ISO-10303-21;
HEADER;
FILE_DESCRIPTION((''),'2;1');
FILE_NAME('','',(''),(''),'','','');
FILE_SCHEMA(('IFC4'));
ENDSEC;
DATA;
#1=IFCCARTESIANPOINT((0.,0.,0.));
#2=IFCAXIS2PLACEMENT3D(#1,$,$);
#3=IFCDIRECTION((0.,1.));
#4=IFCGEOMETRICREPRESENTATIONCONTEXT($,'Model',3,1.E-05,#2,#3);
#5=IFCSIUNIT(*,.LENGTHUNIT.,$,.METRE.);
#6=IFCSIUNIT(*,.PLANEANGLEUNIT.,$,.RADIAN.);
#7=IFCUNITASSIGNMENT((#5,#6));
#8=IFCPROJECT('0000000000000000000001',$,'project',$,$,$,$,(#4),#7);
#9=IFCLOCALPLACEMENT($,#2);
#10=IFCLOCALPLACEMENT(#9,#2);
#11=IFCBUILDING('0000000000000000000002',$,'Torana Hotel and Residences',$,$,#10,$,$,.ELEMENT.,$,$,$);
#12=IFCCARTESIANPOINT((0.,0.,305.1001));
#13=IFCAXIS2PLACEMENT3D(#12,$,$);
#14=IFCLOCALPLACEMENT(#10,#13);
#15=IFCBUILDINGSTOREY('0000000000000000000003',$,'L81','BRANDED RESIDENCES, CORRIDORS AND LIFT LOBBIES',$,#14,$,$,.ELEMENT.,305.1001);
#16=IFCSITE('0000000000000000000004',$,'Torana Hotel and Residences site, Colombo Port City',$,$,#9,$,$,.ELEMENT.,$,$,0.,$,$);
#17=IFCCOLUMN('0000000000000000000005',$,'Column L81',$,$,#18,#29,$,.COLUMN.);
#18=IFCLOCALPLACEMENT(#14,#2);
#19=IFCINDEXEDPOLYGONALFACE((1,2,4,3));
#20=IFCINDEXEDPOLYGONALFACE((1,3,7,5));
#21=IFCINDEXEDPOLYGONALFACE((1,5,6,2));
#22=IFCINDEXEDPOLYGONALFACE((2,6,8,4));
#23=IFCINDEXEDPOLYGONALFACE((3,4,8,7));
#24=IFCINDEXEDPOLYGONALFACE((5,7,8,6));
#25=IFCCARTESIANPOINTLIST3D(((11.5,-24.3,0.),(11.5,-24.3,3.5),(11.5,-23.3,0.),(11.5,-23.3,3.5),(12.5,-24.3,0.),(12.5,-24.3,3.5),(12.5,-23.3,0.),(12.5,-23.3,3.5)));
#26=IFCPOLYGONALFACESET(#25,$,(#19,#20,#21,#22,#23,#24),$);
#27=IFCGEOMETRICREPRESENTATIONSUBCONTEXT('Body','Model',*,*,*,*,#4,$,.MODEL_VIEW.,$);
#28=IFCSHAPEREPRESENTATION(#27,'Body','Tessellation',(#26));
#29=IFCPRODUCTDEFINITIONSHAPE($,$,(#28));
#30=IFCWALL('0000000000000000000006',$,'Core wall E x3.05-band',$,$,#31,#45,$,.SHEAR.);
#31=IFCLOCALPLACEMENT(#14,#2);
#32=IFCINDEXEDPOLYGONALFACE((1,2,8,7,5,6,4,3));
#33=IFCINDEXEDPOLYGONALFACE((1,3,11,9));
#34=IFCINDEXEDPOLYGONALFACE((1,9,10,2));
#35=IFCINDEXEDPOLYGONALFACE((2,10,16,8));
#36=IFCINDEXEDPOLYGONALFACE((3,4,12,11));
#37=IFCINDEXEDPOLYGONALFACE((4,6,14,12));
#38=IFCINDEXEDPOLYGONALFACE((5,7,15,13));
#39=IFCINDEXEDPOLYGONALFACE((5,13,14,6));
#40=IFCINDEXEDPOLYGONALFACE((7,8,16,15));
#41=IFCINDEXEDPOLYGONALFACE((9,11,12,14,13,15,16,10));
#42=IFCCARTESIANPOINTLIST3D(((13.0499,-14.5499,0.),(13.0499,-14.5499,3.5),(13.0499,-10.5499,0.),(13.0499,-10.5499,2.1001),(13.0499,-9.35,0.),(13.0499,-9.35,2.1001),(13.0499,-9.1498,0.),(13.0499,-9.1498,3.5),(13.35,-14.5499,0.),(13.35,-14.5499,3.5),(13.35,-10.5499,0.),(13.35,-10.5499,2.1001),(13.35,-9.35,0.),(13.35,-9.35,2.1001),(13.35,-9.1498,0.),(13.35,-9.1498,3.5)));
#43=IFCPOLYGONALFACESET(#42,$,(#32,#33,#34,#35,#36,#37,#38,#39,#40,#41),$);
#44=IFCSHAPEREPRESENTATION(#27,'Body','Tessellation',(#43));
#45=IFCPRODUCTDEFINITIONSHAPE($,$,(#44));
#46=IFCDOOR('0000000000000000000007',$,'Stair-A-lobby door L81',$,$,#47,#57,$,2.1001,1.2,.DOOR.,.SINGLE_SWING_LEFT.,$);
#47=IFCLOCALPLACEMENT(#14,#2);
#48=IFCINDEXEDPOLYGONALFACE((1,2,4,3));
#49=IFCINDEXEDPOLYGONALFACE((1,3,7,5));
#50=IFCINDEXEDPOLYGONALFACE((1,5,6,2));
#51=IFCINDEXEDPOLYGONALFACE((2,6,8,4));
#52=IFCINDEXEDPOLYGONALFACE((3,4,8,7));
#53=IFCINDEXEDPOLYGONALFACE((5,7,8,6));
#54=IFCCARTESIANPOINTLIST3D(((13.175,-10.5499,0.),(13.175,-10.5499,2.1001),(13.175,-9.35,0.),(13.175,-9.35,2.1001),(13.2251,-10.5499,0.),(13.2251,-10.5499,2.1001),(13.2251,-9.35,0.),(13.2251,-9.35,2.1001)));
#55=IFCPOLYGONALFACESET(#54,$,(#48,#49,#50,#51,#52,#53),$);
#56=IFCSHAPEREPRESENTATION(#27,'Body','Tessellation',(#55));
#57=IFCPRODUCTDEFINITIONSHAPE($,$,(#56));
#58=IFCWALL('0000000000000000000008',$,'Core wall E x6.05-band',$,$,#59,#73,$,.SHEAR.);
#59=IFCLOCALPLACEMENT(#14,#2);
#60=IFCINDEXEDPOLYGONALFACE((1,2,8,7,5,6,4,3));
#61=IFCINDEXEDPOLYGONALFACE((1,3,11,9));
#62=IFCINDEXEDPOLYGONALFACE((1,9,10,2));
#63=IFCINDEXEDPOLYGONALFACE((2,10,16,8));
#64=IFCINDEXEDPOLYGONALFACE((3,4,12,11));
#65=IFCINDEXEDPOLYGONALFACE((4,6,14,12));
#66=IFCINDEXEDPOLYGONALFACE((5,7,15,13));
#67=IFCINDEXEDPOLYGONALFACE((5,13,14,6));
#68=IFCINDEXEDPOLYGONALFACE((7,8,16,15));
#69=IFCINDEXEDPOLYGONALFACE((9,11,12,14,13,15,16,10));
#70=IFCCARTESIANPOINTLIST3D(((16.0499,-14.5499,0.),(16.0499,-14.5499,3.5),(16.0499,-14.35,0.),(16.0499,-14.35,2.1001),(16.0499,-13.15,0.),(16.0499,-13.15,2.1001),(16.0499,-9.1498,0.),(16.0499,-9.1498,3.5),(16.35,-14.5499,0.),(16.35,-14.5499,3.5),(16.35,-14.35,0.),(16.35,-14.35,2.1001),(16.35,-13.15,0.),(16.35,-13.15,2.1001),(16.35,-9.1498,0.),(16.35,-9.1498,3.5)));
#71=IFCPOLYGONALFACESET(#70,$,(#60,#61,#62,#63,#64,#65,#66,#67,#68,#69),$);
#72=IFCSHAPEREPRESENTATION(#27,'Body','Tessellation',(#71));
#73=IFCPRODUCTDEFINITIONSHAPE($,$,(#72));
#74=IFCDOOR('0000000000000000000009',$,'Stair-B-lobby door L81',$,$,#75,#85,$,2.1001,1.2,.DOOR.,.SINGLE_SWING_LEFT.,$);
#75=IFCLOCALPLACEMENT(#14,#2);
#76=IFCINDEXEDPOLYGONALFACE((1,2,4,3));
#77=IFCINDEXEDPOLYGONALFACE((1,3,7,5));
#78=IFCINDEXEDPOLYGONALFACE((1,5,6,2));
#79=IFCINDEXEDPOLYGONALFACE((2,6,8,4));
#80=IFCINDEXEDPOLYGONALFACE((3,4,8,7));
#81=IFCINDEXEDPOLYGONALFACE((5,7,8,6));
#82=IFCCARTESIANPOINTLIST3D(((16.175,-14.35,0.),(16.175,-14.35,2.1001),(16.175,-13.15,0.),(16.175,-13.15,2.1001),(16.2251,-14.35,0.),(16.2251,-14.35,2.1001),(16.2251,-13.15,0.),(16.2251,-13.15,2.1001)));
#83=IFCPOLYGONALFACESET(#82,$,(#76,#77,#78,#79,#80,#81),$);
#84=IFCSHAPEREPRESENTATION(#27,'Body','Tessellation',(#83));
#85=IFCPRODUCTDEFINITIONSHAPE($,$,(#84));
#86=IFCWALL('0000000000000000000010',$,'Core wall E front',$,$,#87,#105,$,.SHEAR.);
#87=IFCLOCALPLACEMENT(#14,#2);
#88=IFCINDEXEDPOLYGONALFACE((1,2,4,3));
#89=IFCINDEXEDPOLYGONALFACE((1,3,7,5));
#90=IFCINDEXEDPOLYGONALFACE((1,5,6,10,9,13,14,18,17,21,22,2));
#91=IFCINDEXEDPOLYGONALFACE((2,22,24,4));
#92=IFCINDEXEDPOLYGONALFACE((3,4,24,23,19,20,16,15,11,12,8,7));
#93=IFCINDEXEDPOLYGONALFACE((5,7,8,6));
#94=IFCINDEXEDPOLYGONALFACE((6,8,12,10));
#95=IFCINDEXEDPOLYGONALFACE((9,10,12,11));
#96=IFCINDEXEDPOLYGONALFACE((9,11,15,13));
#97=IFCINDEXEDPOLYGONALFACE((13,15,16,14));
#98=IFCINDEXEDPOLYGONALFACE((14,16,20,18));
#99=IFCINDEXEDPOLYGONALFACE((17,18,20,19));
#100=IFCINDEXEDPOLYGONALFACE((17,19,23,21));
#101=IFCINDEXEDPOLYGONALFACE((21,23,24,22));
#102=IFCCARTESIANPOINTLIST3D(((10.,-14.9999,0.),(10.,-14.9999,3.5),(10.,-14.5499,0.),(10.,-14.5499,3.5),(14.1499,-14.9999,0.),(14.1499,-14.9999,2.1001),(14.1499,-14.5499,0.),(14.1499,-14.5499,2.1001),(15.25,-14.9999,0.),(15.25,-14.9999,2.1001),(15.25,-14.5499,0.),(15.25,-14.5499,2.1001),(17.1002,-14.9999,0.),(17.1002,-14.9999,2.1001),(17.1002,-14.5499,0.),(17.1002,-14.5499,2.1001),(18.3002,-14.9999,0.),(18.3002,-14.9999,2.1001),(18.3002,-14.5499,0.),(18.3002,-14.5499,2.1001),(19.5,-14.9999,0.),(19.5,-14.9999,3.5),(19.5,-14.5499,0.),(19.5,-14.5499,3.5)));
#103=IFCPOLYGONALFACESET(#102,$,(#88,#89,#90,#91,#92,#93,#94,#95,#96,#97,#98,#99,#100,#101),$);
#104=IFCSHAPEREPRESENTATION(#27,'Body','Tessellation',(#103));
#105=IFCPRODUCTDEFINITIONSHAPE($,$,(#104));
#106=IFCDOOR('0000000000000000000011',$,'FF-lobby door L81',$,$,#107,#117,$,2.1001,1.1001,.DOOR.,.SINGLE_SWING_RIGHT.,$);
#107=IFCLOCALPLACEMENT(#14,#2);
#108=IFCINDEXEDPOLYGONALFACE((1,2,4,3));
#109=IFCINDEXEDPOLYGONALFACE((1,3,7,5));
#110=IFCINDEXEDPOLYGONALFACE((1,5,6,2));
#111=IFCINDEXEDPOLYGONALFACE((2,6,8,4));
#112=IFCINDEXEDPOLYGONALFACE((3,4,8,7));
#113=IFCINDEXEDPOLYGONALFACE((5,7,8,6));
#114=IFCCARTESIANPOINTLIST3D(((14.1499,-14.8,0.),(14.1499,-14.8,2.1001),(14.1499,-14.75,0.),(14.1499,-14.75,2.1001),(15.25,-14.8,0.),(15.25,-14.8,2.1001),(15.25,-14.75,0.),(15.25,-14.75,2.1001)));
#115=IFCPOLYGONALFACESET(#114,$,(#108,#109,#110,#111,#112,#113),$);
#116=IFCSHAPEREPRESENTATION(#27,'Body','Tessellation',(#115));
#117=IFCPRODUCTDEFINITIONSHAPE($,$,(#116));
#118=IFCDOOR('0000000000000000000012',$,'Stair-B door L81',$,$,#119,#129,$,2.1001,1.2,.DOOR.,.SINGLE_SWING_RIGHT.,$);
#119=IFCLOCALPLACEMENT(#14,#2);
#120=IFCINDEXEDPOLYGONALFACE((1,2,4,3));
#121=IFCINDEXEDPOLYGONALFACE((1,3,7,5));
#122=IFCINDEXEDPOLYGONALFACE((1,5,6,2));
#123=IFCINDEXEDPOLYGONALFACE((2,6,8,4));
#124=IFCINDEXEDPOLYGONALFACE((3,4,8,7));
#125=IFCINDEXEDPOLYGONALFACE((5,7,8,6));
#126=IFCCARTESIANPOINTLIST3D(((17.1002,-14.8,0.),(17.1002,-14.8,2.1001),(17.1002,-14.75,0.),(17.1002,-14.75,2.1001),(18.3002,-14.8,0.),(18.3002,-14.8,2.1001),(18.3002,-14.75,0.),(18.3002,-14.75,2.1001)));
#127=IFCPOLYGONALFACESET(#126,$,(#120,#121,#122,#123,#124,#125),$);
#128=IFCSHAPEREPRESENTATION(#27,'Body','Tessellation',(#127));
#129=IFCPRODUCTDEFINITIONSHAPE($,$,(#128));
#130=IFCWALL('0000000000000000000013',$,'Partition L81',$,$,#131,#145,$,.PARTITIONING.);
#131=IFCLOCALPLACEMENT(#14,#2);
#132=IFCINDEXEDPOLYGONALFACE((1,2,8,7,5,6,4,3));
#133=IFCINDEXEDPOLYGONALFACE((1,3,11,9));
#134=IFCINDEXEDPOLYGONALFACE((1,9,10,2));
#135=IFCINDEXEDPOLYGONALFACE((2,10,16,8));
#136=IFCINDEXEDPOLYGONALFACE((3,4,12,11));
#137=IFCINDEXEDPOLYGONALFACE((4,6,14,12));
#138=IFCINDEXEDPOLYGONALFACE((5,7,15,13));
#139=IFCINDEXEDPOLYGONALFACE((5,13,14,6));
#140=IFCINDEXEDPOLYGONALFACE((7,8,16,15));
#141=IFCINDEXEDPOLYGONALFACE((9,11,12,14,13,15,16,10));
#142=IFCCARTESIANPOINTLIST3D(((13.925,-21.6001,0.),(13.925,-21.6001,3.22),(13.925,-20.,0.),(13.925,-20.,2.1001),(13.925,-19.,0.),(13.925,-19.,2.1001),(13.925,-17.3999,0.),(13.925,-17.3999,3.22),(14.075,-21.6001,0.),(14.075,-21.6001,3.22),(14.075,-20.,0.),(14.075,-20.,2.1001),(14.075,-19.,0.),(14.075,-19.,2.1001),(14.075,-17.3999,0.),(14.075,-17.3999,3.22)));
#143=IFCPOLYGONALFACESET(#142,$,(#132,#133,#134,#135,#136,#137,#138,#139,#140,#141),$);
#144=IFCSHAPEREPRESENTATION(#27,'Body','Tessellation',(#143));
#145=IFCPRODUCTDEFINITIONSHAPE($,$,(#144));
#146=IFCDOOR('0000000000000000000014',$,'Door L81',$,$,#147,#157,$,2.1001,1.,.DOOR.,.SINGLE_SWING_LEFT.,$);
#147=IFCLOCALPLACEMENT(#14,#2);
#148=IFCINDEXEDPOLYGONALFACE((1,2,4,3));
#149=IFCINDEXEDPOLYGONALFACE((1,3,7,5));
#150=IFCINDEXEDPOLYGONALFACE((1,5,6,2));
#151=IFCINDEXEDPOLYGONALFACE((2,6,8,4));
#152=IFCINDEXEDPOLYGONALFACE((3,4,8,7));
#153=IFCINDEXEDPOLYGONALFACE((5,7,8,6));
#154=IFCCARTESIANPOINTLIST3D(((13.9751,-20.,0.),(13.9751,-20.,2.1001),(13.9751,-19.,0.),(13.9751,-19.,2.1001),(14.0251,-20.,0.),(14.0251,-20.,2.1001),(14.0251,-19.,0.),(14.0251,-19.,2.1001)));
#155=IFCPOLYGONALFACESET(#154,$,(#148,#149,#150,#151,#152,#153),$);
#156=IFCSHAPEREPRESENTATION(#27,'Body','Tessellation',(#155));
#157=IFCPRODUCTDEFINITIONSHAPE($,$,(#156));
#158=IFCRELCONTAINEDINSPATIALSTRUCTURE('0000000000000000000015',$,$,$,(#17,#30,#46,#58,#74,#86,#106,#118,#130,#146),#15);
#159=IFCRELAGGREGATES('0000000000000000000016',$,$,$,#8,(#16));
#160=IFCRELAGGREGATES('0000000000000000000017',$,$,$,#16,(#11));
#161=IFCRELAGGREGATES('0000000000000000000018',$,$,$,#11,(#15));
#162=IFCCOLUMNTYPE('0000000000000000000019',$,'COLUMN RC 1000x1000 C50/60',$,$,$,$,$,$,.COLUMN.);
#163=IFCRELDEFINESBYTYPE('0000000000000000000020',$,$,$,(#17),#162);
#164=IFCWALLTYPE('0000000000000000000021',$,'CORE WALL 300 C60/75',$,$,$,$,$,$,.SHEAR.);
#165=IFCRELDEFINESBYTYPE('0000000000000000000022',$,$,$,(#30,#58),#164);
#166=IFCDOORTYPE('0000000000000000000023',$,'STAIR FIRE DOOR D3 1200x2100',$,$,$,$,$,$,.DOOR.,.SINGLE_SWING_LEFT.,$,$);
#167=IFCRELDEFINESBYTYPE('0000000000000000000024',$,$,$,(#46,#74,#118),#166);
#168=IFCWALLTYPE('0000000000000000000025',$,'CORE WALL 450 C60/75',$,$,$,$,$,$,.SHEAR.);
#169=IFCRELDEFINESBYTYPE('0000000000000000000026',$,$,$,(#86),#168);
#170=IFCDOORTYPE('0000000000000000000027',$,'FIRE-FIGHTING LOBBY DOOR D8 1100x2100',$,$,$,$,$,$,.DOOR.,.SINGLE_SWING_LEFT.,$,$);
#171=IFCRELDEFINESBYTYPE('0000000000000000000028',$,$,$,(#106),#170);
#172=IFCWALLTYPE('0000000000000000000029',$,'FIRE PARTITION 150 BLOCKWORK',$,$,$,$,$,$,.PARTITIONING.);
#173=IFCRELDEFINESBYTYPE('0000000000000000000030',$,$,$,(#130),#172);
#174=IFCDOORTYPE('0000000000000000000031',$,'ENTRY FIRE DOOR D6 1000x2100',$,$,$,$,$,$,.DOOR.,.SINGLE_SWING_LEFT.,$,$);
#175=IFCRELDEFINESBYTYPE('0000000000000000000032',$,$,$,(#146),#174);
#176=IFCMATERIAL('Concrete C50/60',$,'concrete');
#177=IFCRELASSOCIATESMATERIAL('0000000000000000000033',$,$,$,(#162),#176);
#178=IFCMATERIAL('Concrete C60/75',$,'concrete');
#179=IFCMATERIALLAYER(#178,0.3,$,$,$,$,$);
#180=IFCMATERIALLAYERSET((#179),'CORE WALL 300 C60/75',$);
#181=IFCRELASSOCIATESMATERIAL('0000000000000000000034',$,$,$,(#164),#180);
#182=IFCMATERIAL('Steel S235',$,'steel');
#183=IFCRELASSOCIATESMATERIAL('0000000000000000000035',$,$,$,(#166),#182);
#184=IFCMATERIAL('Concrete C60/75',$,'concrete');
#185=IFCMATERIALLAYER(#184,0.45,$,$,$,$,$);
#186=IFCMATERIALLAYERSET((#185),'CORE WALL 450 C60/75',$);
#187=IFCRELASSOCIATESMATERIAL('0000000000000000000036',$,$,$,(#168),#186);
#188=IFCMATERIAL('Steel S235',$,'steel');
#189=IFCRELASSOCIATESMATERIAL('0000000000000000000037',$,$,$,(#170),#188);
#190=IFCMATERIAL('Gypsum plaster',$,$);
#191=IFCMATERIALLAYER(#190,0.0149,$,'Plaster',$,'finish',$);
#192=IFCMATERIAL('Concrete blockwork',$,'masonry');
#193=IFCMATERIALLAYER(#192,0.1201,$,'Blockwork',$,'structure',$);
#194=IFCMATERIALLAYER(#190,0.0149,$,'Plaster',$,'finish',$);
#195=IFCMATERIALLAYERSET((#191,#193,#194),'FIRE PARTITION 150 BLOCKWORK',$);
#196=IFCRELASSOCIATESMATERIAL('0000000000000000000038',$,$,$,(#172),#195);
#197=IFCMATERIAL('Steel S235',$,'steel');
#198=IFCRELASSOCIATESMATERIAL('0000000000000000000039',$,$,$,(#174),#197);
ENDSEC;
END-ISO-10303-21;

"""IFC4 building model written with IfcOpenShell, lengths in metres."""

from ifc_helpers import new_model, si_unit, direction, frame, frame_2d, origin, origin_2d, place, context, subcontext, project, spatial, rectangle, extrude, material, layer, layer_set, material_profile, profile_set, type_object, element, fill, save


model = new_model("IFC4")

# Units and contexts
model_context = context("Model", 3, precision=1e-05, world=origin(), true_north=direction((0.0, 1.0)))
body_context = subcontext(model_context, "Body", "Model", "MODEL_VIEW")
ifc_project = project(units=[si_unit("LENGTHUNIT", "METRE"), si_unit("PLANEANGLEUNIT", "RADIAN")], contexts=[model_context])

# Site, building, storey
site_placement = place(None, origin())
site = spatial("IfcSite", under=ifc_project, at=site_placement, Name="Torana Hotel and Residences site, Colombo Port City", CompositionType="ELEMENT", RefElevation=0.0)
building_placement = place(site_placement, origin())
building = spatial("IfcBuilding", under=site, at=building_placement, Name="Torana Hotel and Residences", CompositionType="ELEMENT")
storey_placement = place(building_placement, frame((0.0, 0.0, 305.1001)))
storey = spatial("IfcBuildingStorey", under=building, at=storey_placement, Name="L81", Description="BRANDED RESIDENCES, CORRIDORS AND LIFT LOBBIES", CompositionType="ELEMENT", Elevation=305.1001)

# Column
ifc_material_1 = material(Name="Concrete C50/60", Category="concrete")
ifc_material_profile = material_profile(ifc_material_1, rectangle(XDim=1.0, YDim=1.0, at=origin_2d()), Name="RC 1000x1000")
ifc_profile_set = profile_set([ifc_material_profile], Name="Concrete C50/60")
column_type = type_object("IfcColumnType", Name="COLUMN RC 1000x1000 C50/60", PredefinedType="COLUMN", material=ifc_profile_set)
column_placement = place(storey_placement, frame((12.0, -23.8, 0.0), z_axis=(0.0, 0.0, 1.0), x_axis=(1.0, 0.0, 0.0)))
element("IfcColumn", 1, at=column_placement, inside=storey, type_object=column_type, Name="Column L81", PredefinedType="COLUMN", context=body_context, shape_type="SweptSolid", body=[
    extrude(rectangle(XDim=1.0, YDim=1.0, at=origin_2d()), origin(), (0.0, 0.0, 1.0), 3.5),
])

# Walls, openings, doors
ifc_material_2 = material(Name="Concrete C60/75", Category="concrete")
ifc_layer_1 = layer(ifc_material_2, 0.3)
ifc_layer_set_1 = layer_set([ifc_layer_1], Name="CORE WALL 300 C60/75")
wall_type_1 = type_object("IfcWallType", Name="CORE WALL 300 C60/75", PredefinedType="SHEAR", material=ifc_layer_set_1)
wall_1_placement = place(storey_placement, frame((13.2, -14.55, 0.0), z_axis=(0.0, 0.0, 1.0), x_axis=(0.0, 1.0, 0.0)))
wall_1 = element("IfcWall", 2, at=wall_1_placement, inside=storey, type_object=wall_type_1, Name="Core wall E x3.05-band", PredefinedType="SHEAR", context=body_context, shape_type="SweptSolid", body=[
    extrude(rectangle(XDim=5.4001, YDim=0.3, at=frame_2d((2.7002, 0.0))), origin(), (0.0, 0.0, 1.0), 3.5),
])
opening_1_placement = place(wall_1_placement, frame((4.0, 0.0, 0.0)))
opening_1 = element("IfcOpeningElement", 3, at=opening_1_placement, cuts=wall_1, PredefinedType="OPENING", context=body_context, shape_type="SweptSolid", body=[
    extrude(rectangle(XDim=1.2, YDim=2.1001, at=frame_2d((0.6001, 1.05))), frame((0.0, 0.1599, 0.0), z_axis=(0.0, -1.0, 0.0), x_axis=(1.0, 0.0, 0.0)), (0.0, 0.0, 1.0), 0.3201),
])
ifc_material_3 = material(Name="Steel S235", Category="steel")
door_type_1 = type_object("IfcDoorType", Name="STAIR FIRE DOOR D3 1200x2100", OperationType="SINGLE_SWING_LEFT", PredefinedType="DOOR", material=ifc_material_3)
door_1_placement = place(opening_1_placement, origin())
door_1 = element("IfcDoor", 4, at=door_1_placement, inside=storey, type_object=door_type_1, Name="Stair-A-lobby door L81", OperationType="SINGLE_SWING_LEFT", OverallHeight=2.1001, OverallWidth=1.2, PredefinedType="DOOR", context=body_context, shape_type="SweptSolid", body=[
    extrude(rectangle(XDim=1.2, YDim=2.1001, at=frame_2d((0.6001, 1.05))), frame((0.0, 0.0249, 0.0), z_axis=(0.0, -1.0, 0.0), x_axis=(1.0, 0.0, 0.0)), (0.0, 0.0, 1.0), 0.05),
])
fill(opening_1, door_1)
wall_2_placement = place(storey_placement, frame((16.2, -14.55, 0.0), z_axis=(0.0, 0.0, 1.0), x_axis=(0.0, 1.0, 0.0)))
wall_2 = element("IfcWall", 5, at=wall_2_placement, inside=storey, type_object=wall_type_1, Name="Core wall E x6.05-band", PredefinedType="SHEAR", context=body_context, shape_type="SweptSolid", body=[
    extrude(rectangle(XDim=5.4001, YDim=0.3, at=frame_2d((2.7002, 0.0))), origin(), (0.0, 0.0, 1.0), 3.5),
])
opening_2_placement = place(wall_2_placement, frame((0.2, 0.0, 0.0)))
opening_2 = element("IfcOpeningElement", 6, at=opening_2_placement, cuts=wall_2, PredefinedType="OPENING", context=body_context, shape_type="SweptSolid", body=[
    extrude(rectangle(XDim=1.2, YDim=2.1001, at=frame_2d((0.6001, 1.05))), frame((0.0, 0.1599, 0.0), z_axis=(0.0, -1.0, 0.0), x_axis=(1.0, 0.0, 0.0)), (0.0, 0.0, 1.0), 0.3201),
])
door_2_placement = place(opening_2_placement, frame((0.6001, 0.0, 0.0), z_axis=(0.0, 0.0, 1.0), x_axis=(-1.0, 0.0, 0.0)))
door_2 = element("IfcDoor", 7, at=door_2_placement, inside=storey, type_object=door_type_1, Name="Stair-B-lobby door L81", OperationType="SINGLE_SWING_LEFT", OverallHeight=2.1001, OverallWidth=1.2, PredefinedType="DOOR", context=body_context, shape_type="SweptSolid", body=[
    extrude(rectangle(XDim=1.2, YDim=2.1001, at=frame_2d((0.0, 1.05))), frame((0.0, -0.0249, 0.0), z_axis=(0.0, 1.0, 0.0), x_axis=(-1.0, 0.0, 0.0)), (0.0, 0.0, 1.0), 0.05),
])
fill(opening_2, door_2)

# Wall, openings, doors
ifc_material_4 = material(Name="Concrete C60/75", Category="concrete")
ifc_layer_2 = layer(ifc_material_4, 0.45)
ifc_layer_set_2 = layer_set([ifc_layer_2], Name="CORE WALL 450 C60/75")
wall_type_2 = type_object("IfcWallType", Name="CORE WALL 450 C60/75", PredefinedType="SHEAR", material=ifc_layer_set_2)
wall_3_placement = place(storey_placement, frame((10.0, -14.7749, 0.0), z_axis=(0.0, 0.0, 1.0), x_axis=(1.0, 0.0, 0.0)))
wall_3 = element("IfcWall", 8, at=wall_3_placement, inside=storey, type_object=wall_type_2, Name="Core wall E front", PredefinedType="SHEAR", context=body_context, shape_type="SweptSolid", body=[
    extrude(rectangle(XDim=9.5, YDim=0.45, at=frame_2d((4.75, 0.0))), origin(), (0.0, 0.0, 1.0), 3.5),
])
opening_3_placement = place(wall_3_placement, frame((7.1001, 0.0, 0.0)))
opening_3 = element("IfcOpeningElement", 9, at=opening_3_placement, cuts=wall_3, PredefinedType="OPENING", context=body_context, shape_type="SweptSolid", body=[
    extrude(rectangle(XDim=1.2, YDim=2.1001, at=frame_2d((0.6001, 1.05))), frame((0.0, 0.2349, 0.0), z_axis=(0.0, -1.0, 0.0), x_axis=(1.0, 0.0, 0.0)), (0.0, 0.0, 1.0), 0.47),
])
opening_4_placement = place(wall_3_placement, frame((4.1499, 0.0, 0.0)))
opening_4 = element("IfcOpeningElement", 10, at=opening_4_placement, cuts=wall_3, PredefinedType="OPENING", context=body_context, shape_type="SweptSolid", body=[
    extrude(rectangle(XDim=1.1001, YDim=2.1001, at=frame_2d((0.55, 1.05))), frame((0.0, 0.2349, 0.0), z_axis=(0.0, -1.0, 0.0), x_axis=(1.0, 0.0, 0.0)), (0.0, 0.0, 1.0), 0.47),
])
ifc_material_5 = material(Name="Steel S235", Category="steel")
door_type_2 = type_object("IfcDoorType", Name="FIRE-FIGHTING LOBBY DOOR D8 1100x2100", OperationType="SINGLE_SWING_LEFT", PredefinedType="DOOR", material=ifc_material_5)
door_3_placement = place(opening_4_placement, origin())
door_3 = element("IfcDoor", 11, at=door_3_placement, inside=storey, type_object=door_type_2, Name="FF-lobby door L81", OperationType="SINGLE_SWING_RIGHT", OverallHeight=2.1001, OverallWidth=1.1001, PredefinedType="DOOR", context=body_context, shape_type="SweptSolid", body=[
    extrude(rectangle(XDim=1.1001, YDim=2.1001, at=frame_2d((0.55, 1.05))), frame((0.0, 0.0249, 0.0), z_axis=(0.0, -1.0, 0.0), x_axis=(1.0, 0.0, 0.0)), (0.0, 0.0, 1.0), 0.05),
])
fill(opening_4, door_3)
door_4_placement = place(opening_3_placement, origin())
door_4 = element("IfcDoor", 12, at=door_4_placement, inside=storey, type_object=door_type_1, Name="Stair-B door L81", OperationType="SINGLE_SWING_RIGHT", OverallHeight=2.1001, OverallWidth=1.2, PredefinedType="DOOR", context=body_context, shape_type="SweptSolid", body=[
    extrude(rectangle(XDim=1.2, YDim=2.1001, at=frame_2d((0.6001, 1.05))), frame((0.0, 0.0249, 0.0), z_axis=(0.0, -1.0, 0.0), x_axis=(1.0, 0.0, 0.0)), (0.0, 0.0, 1.0), 0.05),
])
fill(opening_3, door_4)

# Wall, opening, door
ifc_material_6 = material(Name="Gypsum plaster")
ifc_layer_3 = layer(ifc_material_6, 0.0149, Name="Plaster", Category="finish")
ifc_material_7 = material(Name="Concrete blockwork", Category="masonry")
ifc_layer_4 = layer(ifc_material_7, 0.1201, Name="Blockwork", Category="structure")
ifc_layer_5 = layer(ifc_material_6, 0.0149, Name="Plaster", Category="finish")
ifc_layer_set_3 = layer_set([ifc_layer_3, ifc_layer_4, ifc_layer_5], Name="FIRE PARTITION 150 BLOCKWORK")
wall_type_3 = type_object("IfcWallType", Name="FIRE PARTITION 150 BLOCKWORK", PredefinedType="PARTITIONING", material=ifc_layer_set_3)
wall_4_placement = place(storey_placement, frame((14.0, -21.6001, 0.0), z_axis=(0.0, 0.0, 1.0), x_axis=(0.0, 1.0, 0.0)))
wall_4 = element("IfcWall", 13, at=wall_4_placement, inside=storey, type_object=wall_type_3, Name="Partition L81", PredefinedType="PARTITIONING", context=body_context, shape_type="SweptSolid", body=[
    extrude(rectangle(XDim=4.2002, YDim=0.1499, at=frame_2d((2.1001, 0.0))), origin(), (0.0, 0.0, 1.0), 3.22),
])
opening_5_placement = place(wall_4_placement, frame((1.6001, 0.0, 0.0)))
opening_5 = element("IfcOpeningElement", 14, at=opening_5_placement, cuts=wall_4, PredefinedType="OPENING", context=body_context, shape_type="SweptSolid", body=[
    extrude(rectangle(XDim=1.0, YDim=2.1001, at=frame_2d((0.5, 1.05))), frame((0.0, 0.085, 0.0), z_axis=(0.0, -1.0, 0.0), x_axis=(1.0, 0.0, 0.0)), (0.0, 0.0, 1.0), 0.1699),
])
ifc_material_8 = material(Name="Steel S235", Category="steel")
door_type_3 = type_object("IfcDoorType", Name="ENTRY FIRE DOOR D6 1000x2100", OperationType="SINGLE_SWING_LEFT", PredefinedType="DOOR", material=ifc_material_8)
door_5_placement = place(opening_5_placement, frame((0.5, 0.0, 0.0), z_axis=(0.0, 0.0, 1.0), x_axis=(-1.0, 0.0, 0.0)))
door_5 = element("IfcDoor", 15, at=door_5_placement, inside=storey, type_object=door_type_3, Name="Door L81", OperationType="SINGLE_SWING_LEFT", OverallHeight=2.1001, OverallWidth=1.0, PredefinedType="DOOR", context=body_context, shape_type="SweptSolid", body=[
    extrude(rectangle(XDim=1.0, YDim=2.1001, at=frame_2d((0.0, 1.05))), frame((0.0, -0.0249, 0.0), z_axis=(0.0, 1.0, 0.0), x_axis=(-1.0, 0.0, 0.0)), (0.0, 0.0, 1.0), 0.05),
])
fill(opening_5, door_5)

save(model, "model.ifc")
